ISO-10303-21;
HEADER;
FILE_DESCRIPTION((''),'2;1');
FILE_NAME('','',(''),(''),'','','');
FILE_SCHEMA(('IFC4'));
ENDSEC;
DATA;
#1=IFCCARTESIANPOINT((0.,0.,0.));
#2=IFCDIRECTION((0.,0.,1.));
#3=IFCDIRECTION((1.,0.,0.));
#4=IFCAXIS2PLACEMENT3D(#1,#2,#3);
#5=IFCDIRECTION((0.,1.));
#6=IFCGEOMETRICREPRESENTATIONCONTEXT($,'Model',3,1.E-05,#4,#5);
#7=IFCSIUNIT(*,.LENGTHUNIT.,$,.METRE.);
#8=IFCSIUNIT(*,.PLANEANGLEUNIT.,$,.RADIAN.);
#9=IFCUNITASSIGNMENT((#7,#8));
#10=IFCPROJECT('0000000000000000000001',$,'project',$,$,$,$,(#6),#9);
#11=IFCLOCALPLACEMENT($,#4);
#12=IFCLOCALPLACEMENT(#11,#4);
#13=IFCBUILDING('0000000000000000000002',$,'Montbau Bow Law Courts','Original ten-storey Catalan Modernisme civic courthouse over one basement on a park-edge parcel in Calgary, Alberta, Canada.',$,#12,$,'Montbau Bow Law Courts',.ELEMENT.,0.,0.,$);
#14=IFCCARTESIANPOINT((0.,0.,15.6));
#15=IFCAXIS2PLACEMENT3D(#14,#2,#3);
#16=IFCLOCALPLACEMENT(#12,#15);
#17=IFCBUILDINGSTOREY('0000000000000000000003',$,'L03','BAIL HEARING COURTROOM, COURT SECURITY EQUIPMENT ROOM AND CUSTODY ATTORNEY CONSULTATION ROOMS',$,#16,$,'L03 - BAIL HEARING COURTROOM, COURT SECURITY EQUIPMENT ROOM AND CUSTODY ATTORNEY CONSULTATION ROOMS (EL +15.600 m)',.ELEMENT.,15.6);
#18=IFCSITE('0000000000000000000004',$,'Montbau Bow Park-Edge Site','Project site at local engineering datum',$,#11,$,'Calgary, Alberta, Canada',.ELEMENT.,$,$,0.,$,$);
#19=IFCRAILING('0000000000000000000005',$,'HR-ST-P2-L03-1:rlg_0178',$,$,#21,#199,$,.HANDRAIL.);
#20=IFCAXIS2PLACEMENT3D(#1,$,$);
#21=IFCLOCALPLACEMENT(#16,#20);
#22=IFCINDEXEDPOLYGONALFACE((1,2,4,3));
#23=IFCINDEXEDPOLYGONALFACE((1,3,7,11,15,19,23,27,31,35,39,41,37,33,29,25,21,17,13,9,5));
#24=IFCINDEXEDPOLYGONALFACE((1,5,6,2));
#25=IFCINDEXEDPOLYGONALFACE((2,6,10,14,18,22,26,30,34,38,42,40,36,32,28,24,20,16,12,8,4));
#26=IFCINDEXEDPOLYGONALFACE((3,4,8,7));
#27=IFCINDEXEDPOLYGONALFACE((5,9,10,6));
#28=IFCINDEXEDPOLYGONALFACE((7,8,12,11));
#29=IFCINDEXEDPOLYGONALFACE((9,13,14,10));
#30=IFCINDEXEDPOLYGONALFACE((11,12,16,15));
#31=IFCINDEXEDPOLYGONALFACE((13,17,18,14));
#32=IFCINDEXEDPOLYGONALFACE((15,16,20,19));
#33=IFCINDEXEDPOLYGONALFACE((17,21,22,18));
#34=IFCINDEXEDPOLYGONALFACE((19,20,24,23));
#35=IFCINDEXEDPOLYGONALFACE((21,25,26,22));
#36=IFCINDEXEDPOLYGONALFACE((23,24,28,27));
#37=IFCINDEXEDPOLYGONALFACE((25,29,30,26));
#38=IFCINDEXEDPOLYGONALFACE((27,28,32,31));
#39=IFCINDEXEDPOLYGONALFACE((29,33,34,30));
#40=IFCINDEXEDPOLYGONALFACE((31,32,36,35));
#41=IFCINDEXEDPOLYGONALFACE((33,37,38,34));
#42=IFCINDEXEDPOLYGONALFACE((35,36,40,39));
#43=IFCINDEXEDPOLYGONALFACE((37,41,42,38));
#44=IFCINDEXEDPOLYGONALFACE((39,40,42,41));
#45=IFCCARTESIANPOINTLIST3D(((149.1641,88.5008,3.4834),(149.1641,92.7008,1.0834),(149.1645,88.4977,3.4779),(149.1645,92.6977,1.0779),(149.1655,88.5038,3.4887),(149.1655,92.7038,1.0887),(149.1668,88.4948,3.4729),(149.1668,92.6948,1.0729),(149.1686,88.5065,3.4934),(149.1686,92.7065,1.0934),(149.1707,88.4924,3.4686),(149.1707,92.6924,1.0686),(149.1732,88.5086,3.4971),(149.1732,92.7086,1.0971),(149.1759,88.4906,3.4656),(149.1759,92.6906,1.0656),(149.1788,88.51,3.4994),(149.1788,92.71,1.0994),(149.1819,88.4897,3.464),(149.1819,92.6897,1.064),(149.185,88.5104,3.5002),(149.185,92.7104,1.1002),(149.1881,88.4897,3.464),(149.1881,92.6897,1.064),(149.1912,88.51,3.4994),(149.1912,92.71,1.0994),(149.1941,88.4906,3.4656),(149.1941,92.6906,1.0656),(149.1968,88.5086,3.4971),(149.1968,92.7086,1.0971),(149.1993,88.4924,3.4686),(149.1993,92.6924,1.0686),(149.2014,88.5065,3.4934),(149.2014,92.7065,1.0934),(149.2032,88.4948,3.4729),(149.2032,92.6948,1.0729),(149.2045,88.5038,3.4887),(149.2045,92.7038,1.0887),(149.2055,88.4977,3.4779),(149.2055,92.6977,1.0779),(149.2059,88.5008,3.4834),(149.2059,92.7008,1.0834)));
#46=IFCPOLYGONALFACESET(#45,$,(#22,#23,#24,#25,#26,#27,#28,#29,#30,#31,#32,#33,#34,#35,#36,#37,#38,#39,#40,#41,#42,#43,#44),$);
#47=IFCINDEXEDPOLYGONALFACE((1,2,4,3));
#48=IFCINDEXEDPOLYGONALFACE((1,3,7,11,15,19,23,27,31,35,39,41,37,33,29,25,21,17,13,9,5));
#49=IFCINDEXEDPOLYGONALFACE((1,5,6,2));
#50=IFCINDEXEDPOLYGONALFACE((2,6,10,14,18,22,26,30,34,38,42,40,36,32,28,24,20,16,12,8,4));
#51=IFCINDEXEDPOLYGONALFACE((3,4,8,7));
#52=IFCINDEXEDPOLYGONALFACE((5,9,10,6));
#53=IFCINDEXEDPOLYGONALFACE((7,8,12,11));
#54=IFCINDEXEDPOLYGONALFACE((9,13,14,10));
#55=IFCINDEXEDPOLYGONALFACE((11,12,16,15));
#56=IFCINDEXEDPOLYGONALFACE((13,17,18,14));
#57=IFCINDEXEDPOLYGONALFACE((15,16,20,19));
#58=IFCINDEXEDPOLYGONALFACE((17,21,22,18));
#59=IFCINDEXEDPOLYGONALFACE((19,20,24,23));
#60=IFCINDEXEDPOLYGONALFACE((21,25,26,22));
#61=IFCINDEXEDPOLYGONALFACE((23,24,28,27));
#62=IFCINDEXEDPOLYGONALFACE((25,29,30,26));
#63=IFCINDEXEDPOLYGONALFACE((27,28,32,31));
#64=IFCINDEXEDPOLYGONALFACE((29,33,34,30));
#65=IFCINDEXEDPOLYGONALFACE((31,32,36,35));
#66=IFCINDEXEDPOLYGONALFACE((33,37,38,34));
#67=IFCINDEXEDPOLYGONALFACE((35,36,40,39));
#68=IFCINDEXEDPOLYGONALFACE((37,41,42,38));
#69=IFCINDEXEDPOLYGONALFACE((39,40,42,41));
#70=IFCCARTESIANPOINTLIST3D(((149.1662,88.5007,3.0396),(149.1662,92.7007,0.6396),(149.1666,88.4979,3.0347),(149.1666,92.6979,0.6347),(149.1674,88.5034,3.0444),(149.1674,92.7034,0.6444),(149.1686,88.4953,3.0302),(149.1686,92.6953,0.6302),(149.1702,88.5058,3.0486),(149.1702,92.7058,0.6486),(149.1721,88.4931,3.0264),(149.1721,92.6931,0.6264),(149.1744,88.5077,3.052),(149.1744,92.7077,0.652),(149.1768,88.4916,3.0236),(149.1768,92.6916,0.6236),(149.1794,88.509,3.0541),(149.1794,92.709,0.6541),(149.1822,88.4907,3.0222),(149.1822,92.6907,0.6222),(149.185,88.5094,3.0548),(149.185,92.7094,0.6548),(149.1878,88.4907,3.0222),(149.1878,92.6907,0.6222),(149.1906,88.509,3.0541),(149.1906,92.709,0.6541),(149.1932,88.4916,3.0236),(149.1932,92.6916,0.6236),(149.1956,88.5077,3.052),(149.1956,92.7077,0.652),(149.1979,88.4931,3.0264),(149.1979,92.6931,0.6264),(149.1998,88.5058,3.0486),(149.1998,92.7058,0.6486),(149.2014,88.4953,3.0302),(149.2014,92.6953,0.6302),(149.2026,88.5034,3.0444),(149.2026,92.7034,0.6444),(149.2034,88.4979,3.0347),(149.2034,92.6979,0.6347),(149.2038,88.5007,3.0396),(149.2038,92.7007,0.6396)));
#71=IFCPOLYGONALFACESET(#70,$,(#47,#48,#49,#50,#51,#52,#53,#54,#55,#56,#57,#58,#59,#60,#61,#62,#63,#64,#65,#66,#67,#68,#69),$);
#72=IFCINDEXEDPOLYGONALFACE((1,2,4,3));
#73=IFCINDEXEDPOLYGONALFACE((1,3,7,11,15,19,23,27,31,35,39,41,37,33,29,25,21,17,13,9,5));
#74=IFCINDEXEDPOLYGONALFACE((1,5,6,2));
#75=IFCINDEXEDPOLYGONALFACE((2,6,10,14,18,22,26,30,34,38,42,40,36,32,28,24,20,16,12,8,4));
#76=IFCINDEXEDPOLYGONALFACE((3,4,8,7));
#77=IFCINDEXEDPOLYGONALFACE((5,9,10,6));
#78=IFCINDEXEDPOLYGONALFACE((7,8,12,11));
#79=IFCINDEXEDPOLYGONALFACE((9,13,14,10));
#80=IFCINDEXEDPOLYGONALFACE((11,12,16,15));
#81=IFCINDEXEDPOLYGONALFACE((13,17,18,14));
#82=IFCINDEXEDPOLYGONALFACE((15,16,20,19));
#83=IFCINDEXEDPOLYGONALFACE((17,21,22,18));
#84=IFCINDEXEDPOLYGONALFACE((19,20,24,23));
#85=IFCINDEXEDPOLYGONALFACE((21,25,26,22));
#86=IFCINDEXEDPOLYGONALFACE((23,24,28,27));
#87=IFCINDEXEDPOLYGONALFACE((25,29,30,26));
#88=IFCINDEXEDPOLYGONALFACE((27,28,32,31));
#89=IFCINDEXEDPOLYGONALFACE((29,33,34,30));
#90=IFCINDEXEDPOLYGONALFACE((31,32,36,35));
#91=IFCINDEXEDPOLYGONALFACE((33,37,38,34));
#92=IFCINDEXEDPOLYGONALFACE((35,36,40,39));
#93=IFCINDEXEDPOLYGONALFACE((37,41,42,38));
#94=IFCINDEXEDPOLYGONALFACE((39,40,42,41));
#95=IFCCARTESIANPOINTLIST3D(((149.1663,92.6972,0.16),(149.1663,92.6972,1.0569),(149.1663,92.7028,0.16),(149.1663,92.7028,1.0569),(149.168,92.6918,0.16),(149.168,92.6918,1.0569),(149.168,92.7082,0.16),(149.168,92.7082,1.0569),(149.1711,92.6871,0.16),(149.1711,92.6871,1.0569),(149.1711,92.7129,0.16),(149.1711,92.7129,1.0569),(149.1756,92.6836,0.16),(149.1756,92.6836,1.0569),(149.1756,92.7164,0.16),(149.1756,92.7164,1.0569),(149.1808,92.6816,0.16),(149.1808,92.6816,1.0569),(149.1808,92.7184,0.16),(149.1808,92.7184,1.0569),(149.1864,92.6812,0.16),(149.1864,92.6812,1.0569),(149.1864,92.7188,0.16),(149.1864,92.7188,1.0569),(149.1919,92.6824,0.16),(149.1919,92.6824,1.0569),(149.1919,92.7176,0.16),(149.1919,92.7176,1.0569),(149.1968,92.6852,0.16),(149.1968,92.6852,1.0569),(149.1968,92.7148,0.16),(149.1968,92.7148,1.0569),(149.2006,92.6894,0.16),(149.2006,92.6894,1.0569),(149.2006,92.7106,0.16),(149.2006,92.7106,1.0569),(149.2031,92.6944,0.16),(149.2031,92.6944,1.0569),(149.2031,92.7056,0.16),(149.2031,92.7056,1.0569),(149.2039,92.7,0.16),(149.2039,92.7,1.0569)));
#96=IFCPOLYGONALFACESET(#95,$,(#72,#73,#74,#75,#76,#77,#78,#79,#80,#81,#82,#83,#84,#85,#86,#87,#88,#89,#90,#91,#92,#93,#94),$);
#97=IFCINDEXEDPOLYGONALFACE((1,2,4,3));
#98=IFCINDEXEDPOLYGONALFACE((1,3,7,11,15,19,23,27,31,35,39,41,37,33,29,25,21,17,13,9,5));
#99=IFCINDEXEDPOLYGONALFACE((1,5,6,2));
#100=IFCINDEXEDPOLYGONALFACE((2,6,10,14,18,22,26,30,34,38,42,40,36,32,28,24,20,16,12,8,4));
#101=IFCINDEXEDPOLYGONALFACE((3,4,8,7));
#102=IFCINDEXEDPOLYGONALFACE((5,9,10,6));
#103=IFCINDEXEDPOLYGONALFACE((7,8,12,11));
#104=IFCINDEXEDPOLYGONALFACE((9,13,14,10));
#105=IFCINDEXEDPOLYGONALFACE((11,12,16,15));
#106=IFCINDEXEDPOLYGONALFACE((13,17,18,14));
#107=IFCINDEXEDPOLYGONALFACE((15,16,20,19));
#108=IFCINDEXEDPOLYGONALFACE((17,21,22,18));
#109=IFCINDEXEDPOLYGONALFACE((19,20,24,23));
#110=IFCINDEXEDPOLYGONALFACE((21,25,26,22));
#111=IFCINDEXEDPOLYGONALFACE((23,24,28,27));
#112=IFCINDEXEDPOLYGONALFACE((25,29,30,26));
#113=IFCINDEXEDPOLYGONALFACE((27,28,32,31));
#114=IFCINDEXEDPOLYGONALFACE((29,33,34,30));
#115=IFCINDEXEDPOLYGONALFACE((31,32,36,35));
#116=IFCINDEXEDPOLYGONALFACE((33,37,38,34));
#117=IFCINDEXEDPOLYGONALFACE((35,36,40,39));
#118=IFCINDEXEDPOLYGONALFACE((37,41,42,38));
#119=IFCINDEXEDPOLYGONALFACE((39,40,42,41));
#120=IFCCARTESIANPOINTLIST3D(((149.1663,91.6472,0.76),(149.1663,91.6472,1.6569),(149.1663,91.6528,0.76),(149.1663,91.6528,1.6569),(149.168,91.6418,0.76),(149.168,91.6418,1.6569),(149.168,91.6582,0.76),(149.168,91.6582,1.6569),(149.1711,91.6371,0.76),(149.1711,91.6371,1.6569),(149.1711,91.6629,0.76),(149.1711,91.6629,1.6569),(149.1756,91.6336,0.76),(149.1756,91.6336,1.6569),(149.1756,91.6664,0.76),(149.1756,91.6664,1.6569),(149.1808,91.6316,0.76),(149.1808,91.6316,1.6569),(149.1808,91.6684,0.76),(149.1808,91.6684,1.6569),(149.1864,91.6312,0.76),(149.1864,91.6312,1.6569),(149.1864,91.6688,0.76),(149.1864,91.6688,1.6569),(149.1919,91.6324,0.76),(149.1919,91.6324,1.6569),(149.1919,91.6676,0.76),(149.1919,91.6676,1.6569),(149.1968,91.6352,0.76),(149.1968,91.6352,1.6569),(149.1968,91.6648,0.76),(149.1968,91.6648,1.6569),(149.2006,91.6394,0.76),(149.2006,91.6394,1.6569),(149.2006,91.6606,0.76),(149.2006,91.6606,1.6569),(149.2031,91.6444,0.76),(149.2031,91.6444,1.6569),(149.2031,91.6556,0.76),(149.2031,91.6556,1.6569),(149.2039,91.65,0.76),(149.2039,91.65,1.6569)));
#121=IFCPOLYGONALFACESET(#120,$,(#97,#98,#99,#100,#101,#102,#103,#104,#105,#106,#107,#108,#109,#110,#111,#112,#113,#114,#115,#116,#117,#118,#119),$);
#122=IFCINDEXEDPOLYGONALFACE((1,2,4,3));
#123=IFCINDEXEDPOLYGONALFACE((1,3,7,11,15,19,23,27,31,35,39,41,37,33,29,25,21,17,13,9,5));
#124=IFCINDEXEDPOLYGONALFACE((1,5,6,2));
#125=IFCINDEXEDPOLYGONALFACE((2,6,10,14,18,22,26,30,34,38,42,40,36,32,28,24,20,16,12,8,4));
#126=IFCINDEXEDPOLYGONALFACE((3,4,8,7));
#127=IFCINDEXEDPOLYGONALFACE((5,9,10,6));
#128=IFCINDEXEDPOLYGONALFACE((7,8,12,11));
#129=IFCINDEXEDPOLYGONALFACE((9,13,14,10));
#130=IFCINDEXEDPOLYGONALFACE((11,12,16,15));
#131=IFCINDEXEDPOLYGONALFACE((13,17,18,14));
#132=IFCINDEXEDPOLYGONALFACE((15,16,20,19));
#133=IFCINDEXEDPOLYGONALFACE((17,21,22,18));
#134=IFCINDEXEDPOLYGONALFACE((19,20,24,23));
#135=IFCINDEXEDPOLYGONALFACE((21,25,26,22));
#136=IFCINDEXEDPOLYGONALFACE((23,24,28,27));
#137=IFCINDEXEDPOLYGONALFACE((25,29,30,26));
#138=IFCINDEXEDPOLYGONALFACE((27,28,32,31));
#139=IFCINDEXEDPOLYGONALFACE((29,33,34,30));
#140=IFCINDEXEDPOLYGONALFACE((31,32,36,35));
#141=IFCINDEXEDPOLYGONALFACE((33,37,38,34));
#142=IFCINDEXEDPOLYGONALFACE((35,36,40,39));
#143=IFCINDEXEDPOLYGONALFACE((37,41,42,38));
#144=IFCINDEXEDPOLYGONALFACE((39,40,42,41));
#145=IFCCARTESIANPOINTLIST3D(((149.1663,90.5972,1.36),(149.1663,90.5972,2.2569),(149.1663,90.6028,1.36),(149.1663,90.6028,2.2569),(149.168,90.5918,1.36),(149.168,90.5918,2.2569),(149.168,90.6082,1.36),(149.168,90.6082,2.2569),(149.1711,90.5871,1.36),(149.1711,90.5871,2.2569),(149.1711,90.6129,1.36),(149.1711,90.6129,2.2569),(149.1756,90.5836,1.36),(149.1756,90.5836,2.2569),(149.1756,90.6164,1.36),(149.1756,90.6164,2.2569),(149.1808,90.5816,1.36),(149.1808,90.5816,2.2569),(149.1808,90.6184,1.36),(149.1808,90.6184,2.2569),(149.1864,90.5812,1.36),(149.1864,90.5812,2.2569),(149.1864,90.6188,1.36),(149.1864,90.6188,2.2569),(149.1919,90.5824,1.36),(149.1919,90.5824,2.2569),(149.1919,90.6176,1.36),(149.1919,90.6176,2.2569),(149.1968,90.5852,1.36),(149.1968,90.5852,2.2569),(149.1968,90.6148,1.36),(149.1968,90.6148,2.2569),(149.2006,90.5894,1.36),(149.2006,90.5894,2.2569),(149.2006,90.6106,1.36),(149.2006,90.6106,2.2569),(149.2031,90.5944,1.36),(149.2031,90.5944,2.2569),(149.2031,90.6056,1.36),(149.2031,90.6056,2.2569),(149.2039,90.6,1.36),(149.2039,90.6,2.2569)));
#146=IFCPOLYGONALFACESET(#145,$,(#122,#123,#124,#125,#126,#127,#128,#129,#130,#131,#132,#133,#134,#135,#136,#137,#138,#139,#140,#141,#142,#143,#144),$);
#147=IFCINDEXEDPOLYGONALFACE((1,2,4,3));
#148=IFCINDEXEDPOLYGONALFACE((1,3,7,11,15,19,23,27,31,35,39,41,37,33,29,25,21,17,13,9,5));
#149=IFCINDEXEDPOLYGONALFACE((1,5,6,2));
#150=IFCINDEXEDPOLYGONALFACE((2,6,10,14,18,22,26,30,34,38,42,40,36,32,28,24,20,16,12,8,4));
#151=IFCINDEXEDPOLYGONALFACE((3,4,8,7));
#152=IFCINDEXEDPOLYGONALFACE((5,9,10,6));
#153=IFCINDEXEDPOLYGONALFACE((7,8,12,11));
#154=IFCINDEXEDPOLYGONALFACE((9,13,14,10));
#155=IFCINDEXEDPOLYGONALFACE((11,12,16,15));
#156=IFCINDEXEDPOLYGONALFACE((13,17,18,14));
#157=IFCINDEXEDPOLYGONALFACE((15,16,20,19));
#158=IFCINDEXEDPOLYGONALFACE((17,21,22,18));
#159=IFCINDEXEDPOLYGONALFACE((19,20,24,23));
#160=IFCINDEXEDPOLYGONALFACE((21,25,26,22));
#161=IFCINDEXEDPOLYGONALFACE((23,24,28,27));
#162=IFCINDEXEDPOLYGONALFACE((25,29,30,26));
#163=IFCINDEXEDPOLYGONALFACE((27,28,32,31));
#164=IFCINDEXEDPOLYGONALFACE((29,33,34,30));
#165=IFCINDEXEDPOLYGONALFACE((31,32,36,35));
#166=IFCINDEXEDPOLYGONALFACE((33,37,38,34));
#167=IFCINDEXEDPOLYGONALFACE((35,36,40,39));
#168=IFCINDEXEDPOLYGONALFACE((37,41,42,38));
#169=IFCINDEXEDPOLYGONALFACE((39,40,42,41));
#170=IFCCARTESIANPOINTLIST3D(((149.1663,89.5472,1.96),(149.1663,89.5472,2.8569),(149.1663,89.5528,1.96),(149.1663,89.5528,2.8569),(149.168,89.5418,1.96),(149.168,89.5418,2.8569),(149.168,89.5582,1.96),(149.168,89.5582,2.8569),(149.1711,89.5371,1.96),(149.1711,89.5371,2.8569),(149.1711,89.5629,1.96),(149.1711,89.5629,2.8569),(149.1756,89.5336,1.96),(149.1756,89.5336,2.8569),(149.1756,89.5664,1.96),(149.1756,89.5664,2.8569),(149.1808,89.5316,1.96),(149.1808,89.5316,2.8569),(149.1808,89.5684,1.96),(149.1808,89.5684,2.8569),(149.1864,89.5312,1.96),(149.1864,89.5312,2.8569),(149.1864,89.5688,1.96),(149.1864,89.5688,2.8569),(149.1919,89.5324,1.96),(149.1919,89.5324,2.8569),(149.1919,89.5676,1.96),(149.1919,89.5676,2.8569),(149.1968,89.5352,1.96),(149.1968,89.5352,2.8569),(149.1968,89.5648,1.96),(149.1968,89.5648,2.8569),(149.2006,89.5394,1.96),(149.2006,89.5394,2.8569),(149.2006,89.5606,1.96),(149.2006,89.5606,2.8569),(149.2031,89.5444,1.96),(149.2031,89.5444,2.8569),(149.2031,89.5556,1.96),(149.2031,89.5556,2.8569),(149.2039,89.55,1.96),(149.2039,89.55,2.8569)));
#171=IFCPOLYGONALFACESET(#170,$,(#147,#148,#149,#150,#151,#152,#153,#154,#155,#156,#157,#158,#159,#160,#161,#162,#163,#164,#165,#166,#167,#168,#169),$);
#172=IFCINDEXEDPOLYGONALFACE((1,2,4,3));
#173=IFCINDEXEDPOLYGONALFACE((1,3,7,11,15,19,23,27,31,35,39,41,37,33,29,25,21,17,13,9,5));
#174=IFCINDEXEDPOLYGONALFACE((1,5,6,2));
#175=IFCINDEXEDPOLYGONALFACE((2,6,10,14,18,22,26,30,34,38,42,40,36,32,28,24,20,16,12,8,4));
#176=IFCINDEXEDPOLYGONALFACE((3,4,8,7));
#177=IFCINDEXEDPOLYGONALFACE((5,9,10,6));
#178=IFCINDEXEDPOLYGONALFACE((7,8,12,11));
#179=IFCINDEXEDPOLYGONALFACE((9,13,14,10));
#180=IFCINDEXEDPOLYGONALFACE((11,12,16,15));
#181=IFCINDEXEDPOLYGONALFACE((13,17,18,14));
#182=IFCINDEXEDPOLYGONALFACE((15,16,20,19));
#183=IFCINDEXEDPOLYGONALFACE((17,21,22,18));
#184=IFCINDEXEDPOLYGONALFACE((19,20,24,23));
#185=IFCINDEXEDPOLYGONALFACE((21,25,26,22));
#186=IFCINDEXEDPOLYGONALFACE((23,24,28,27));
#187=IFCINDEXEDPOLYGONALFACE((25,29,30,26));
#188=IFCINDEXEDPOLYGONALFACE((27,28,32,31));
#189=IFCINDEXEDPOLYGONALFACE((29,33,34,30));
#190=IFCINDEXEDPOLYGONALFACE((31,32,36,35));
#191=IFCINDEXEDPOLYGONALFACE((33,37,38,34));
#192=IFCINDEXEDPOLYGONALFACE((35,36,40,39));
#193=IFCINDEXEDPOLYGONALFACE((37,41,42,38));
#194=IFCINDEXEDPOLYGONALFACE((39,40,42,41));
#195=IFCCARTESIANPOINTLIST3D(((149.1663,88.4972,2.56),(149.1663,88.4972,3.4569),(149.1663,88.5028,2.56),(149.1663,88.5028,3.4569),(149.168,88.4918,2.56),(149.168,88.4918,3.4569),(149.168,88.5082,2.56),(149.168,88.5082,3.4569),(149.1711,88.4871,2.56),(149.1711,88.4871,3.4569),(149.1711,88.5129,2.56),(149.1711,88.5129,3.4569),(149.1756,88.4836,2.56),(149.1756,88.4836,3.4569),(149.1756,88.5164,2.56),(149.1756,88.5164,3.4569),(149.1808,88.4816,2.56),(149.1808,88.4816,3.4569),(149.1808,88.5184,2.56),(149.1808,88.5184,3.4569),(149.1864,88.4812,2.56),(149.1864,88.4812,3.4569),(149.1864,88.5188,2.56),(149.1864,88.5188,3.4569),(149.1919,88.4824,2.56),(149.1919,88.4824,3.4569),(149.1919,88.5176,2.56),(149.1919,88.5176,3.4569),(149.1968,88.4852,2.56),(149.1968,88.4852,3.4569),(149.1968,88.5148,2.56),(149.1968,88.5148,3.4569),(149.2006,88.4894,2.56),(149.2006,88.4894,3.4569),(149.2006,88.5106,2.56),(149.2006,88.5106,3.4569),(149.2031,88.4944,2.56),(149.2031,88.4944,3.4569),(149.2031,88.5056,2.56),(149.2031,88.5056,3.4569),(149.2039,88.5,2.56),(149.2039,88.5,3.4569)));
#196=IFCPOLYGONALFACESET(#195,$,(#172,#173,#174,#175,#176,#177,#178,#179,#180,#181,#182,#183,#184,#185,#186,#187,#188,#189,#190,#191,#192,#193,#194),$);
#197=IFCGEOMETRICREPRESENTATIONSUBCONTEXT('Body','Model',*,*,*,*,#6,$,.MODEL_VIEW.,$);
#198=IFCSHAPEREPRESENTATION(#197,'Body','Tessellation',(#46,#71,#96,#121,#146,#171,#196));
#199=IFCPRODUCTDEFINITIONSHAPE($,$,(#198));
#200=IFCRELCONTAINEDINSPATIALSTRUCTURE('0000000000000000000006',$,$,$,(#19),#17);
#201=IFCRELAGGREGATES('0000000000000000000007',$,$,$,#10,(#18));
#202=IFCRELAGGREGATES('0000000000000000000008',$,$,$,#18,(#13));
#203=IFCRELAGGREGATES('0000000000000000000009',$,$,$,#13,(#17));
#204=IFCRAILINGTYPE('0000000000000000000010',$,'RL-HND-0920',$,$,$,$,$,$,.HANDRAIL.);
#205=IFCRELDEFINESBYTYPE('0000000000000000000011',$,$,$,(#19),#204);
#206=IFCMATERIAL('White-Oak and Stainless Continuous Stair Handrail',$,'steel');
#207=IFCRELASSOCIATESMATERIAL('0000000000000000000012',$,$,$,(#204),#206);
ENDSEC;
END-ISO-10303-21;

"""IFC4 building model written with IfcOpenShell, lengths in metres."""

from ifc_helpers import new_model, si_unit, direction, frame, origin_with_axes, origin_2d_with_axis, place, context, subcontext, project, spatial, circle, extrude, material, type_object, element, save


model = new_model("IFC4")

# Units and contexts
model_context = context("Model", 3, precision=1e-05, world=origin_with_axes(), true_north=direction((0.0, 1.0)))
body_context = subcontext(model_context, "Body", "Model", "MODEL_VIEW")
ifc_project = project(units=[si_unit("LENGTHUNIT", "METRE"), si_unit("PLANEANGLEUNIT", "RADIAN")], contexts=[model_context])

# Site, building, storey
site_placement = place(None, origin_with_axes())
site = spatial("IfcSite", under=ifc_project, at=site_placement, Name="Montbau Bow Park-Edge Site", Description="Project site at local engineering datum", LongName="Calgary, Alberta, Canada", CompositionType="ELEMENT", RefElevation=0.0)
building_placement = place(site_placement, origin_with_axes())
building = spatial("IfcBuilding", under=site, at=building_placement, Name="Montbau Bow Law Courts", Description="Original ten-storey Catalan Modernisme civic courthouse over one basement on a park-edge parcel in Calgary, Alberta, Canada.", LongName="Montbau Bow Law Courts", CompositionType="ELEMENT", ElevationOfRefHeight=0.0, ElevationOfTerrain=0.0)
storey_placement = place(building_placement, frame((0.0, 0.0, 15.6), z_axis=(0.0, 0.0, 1.0), x_axis=(1.0, 0.0, 0.0)))
storey = spatial("IfcBuildingStorey", under=building, at=storey_placement, Name="L03", Description="BAIL HEARING COURTROOM, COURT SECURITY EQUIPMENT ROOM AND CUSTODY ATTORNEY CONSULTATION ROOMS", LongName="L03 - BAIL HEARING COURTROOM, COURT SECURITY EQUIPMENT ROOM AND CUSTODY ATTORNEY CONSULTATION ROOMS (EL +15.600 m)", CompositionType="ELEMENT", Elevation=15.6)

# Railing
ifc_material_1 = material(Name="White-Oak and Stainless Continuous Stair Handrail", Category="steel")
railing_type_1 = type_object("IfcRailingType", Name="RL-HND-0920", PredefinedType="HANDRAIL", material=ifc_material_1)
railing_1_placement = place(None, origin_with_axes())
element("IfcRailing", 1, at=railing_1_placement, inside=storey, type_object=railing_type_1, Name="HR-ST-P2-L03-1:rlg_0178", PredefinedType="HANDRAIL", context=body_context, shape_type="SweptSolid", body=[
    extrude(circle(Radius=0.021, at=origin_2d_with_axis()), frame((149.185, 92.7, 16.682), z_axis=(0.0, -0.868243, 0.496139), x_axis=(0.0, 0.496139, 0.868243)), (0.0, 0.0, 1.0), 4.8374),
    extrude(circle(Radius=0.0189, at=origin_2d_with_axis()), frame((149.185, 92.7, 16.2384), z_axis=(0.0, -0.868243, 0.496139), x_axis=(0.0, 0.496139, 0.868243)), (0.0, 0.0, 1.0), 4.8374),
    extrude(circle(Radius=0.0189, at=origin_2d_with_axis()), frame((149.185, 92.7, 15.76), z_axis=(0.0, 0.0, 1.0), x_axis=(1.0, 0.0, 0.0)), (0.0, 0.0, 1.0), 0.8969),
    extrude(circle(Radius=0.0189, at=origin_2d_with_axis()), frame((149.185, 91.65, 16.36), z_axis=(0.0, 0.0, 1.0), x_axis=(1.0, 0.0, 0.0)), (0.0, 0.0, 1.0), 0.8969),
    extrude(circle(Radius=0.0189, at=origin_2d_with_axis()), frame((149.185, 90.6, 16.96), z_axis=(0.0, 0.0, 1.0), x_axis=(1.0, 0.0, 0.0)), (0.0, 0.0, 1.0), 0.8969),
    extrude(circle(Radius=0.0189, at=origin_2d_with_axis()), frame((149.185, 89.55, 17.56), z_axis=(0.0, 0.0, 1.0), x_axis=(1.0, 0.0, 0.0)), (0.0, 0.0, 1.0), 0.8969),
    extrude(circle(Radius=0.0189, at=origin_2d_with_axis()), frame((149.185, 88.5, 18.16), z_axis=(0.0, 0.0, 1.0), x_axis=(1.0, 0.0, 0.0)), (0.0, 0.0, 1.0), 0.8969),
])

save(model, "model.ifc")
